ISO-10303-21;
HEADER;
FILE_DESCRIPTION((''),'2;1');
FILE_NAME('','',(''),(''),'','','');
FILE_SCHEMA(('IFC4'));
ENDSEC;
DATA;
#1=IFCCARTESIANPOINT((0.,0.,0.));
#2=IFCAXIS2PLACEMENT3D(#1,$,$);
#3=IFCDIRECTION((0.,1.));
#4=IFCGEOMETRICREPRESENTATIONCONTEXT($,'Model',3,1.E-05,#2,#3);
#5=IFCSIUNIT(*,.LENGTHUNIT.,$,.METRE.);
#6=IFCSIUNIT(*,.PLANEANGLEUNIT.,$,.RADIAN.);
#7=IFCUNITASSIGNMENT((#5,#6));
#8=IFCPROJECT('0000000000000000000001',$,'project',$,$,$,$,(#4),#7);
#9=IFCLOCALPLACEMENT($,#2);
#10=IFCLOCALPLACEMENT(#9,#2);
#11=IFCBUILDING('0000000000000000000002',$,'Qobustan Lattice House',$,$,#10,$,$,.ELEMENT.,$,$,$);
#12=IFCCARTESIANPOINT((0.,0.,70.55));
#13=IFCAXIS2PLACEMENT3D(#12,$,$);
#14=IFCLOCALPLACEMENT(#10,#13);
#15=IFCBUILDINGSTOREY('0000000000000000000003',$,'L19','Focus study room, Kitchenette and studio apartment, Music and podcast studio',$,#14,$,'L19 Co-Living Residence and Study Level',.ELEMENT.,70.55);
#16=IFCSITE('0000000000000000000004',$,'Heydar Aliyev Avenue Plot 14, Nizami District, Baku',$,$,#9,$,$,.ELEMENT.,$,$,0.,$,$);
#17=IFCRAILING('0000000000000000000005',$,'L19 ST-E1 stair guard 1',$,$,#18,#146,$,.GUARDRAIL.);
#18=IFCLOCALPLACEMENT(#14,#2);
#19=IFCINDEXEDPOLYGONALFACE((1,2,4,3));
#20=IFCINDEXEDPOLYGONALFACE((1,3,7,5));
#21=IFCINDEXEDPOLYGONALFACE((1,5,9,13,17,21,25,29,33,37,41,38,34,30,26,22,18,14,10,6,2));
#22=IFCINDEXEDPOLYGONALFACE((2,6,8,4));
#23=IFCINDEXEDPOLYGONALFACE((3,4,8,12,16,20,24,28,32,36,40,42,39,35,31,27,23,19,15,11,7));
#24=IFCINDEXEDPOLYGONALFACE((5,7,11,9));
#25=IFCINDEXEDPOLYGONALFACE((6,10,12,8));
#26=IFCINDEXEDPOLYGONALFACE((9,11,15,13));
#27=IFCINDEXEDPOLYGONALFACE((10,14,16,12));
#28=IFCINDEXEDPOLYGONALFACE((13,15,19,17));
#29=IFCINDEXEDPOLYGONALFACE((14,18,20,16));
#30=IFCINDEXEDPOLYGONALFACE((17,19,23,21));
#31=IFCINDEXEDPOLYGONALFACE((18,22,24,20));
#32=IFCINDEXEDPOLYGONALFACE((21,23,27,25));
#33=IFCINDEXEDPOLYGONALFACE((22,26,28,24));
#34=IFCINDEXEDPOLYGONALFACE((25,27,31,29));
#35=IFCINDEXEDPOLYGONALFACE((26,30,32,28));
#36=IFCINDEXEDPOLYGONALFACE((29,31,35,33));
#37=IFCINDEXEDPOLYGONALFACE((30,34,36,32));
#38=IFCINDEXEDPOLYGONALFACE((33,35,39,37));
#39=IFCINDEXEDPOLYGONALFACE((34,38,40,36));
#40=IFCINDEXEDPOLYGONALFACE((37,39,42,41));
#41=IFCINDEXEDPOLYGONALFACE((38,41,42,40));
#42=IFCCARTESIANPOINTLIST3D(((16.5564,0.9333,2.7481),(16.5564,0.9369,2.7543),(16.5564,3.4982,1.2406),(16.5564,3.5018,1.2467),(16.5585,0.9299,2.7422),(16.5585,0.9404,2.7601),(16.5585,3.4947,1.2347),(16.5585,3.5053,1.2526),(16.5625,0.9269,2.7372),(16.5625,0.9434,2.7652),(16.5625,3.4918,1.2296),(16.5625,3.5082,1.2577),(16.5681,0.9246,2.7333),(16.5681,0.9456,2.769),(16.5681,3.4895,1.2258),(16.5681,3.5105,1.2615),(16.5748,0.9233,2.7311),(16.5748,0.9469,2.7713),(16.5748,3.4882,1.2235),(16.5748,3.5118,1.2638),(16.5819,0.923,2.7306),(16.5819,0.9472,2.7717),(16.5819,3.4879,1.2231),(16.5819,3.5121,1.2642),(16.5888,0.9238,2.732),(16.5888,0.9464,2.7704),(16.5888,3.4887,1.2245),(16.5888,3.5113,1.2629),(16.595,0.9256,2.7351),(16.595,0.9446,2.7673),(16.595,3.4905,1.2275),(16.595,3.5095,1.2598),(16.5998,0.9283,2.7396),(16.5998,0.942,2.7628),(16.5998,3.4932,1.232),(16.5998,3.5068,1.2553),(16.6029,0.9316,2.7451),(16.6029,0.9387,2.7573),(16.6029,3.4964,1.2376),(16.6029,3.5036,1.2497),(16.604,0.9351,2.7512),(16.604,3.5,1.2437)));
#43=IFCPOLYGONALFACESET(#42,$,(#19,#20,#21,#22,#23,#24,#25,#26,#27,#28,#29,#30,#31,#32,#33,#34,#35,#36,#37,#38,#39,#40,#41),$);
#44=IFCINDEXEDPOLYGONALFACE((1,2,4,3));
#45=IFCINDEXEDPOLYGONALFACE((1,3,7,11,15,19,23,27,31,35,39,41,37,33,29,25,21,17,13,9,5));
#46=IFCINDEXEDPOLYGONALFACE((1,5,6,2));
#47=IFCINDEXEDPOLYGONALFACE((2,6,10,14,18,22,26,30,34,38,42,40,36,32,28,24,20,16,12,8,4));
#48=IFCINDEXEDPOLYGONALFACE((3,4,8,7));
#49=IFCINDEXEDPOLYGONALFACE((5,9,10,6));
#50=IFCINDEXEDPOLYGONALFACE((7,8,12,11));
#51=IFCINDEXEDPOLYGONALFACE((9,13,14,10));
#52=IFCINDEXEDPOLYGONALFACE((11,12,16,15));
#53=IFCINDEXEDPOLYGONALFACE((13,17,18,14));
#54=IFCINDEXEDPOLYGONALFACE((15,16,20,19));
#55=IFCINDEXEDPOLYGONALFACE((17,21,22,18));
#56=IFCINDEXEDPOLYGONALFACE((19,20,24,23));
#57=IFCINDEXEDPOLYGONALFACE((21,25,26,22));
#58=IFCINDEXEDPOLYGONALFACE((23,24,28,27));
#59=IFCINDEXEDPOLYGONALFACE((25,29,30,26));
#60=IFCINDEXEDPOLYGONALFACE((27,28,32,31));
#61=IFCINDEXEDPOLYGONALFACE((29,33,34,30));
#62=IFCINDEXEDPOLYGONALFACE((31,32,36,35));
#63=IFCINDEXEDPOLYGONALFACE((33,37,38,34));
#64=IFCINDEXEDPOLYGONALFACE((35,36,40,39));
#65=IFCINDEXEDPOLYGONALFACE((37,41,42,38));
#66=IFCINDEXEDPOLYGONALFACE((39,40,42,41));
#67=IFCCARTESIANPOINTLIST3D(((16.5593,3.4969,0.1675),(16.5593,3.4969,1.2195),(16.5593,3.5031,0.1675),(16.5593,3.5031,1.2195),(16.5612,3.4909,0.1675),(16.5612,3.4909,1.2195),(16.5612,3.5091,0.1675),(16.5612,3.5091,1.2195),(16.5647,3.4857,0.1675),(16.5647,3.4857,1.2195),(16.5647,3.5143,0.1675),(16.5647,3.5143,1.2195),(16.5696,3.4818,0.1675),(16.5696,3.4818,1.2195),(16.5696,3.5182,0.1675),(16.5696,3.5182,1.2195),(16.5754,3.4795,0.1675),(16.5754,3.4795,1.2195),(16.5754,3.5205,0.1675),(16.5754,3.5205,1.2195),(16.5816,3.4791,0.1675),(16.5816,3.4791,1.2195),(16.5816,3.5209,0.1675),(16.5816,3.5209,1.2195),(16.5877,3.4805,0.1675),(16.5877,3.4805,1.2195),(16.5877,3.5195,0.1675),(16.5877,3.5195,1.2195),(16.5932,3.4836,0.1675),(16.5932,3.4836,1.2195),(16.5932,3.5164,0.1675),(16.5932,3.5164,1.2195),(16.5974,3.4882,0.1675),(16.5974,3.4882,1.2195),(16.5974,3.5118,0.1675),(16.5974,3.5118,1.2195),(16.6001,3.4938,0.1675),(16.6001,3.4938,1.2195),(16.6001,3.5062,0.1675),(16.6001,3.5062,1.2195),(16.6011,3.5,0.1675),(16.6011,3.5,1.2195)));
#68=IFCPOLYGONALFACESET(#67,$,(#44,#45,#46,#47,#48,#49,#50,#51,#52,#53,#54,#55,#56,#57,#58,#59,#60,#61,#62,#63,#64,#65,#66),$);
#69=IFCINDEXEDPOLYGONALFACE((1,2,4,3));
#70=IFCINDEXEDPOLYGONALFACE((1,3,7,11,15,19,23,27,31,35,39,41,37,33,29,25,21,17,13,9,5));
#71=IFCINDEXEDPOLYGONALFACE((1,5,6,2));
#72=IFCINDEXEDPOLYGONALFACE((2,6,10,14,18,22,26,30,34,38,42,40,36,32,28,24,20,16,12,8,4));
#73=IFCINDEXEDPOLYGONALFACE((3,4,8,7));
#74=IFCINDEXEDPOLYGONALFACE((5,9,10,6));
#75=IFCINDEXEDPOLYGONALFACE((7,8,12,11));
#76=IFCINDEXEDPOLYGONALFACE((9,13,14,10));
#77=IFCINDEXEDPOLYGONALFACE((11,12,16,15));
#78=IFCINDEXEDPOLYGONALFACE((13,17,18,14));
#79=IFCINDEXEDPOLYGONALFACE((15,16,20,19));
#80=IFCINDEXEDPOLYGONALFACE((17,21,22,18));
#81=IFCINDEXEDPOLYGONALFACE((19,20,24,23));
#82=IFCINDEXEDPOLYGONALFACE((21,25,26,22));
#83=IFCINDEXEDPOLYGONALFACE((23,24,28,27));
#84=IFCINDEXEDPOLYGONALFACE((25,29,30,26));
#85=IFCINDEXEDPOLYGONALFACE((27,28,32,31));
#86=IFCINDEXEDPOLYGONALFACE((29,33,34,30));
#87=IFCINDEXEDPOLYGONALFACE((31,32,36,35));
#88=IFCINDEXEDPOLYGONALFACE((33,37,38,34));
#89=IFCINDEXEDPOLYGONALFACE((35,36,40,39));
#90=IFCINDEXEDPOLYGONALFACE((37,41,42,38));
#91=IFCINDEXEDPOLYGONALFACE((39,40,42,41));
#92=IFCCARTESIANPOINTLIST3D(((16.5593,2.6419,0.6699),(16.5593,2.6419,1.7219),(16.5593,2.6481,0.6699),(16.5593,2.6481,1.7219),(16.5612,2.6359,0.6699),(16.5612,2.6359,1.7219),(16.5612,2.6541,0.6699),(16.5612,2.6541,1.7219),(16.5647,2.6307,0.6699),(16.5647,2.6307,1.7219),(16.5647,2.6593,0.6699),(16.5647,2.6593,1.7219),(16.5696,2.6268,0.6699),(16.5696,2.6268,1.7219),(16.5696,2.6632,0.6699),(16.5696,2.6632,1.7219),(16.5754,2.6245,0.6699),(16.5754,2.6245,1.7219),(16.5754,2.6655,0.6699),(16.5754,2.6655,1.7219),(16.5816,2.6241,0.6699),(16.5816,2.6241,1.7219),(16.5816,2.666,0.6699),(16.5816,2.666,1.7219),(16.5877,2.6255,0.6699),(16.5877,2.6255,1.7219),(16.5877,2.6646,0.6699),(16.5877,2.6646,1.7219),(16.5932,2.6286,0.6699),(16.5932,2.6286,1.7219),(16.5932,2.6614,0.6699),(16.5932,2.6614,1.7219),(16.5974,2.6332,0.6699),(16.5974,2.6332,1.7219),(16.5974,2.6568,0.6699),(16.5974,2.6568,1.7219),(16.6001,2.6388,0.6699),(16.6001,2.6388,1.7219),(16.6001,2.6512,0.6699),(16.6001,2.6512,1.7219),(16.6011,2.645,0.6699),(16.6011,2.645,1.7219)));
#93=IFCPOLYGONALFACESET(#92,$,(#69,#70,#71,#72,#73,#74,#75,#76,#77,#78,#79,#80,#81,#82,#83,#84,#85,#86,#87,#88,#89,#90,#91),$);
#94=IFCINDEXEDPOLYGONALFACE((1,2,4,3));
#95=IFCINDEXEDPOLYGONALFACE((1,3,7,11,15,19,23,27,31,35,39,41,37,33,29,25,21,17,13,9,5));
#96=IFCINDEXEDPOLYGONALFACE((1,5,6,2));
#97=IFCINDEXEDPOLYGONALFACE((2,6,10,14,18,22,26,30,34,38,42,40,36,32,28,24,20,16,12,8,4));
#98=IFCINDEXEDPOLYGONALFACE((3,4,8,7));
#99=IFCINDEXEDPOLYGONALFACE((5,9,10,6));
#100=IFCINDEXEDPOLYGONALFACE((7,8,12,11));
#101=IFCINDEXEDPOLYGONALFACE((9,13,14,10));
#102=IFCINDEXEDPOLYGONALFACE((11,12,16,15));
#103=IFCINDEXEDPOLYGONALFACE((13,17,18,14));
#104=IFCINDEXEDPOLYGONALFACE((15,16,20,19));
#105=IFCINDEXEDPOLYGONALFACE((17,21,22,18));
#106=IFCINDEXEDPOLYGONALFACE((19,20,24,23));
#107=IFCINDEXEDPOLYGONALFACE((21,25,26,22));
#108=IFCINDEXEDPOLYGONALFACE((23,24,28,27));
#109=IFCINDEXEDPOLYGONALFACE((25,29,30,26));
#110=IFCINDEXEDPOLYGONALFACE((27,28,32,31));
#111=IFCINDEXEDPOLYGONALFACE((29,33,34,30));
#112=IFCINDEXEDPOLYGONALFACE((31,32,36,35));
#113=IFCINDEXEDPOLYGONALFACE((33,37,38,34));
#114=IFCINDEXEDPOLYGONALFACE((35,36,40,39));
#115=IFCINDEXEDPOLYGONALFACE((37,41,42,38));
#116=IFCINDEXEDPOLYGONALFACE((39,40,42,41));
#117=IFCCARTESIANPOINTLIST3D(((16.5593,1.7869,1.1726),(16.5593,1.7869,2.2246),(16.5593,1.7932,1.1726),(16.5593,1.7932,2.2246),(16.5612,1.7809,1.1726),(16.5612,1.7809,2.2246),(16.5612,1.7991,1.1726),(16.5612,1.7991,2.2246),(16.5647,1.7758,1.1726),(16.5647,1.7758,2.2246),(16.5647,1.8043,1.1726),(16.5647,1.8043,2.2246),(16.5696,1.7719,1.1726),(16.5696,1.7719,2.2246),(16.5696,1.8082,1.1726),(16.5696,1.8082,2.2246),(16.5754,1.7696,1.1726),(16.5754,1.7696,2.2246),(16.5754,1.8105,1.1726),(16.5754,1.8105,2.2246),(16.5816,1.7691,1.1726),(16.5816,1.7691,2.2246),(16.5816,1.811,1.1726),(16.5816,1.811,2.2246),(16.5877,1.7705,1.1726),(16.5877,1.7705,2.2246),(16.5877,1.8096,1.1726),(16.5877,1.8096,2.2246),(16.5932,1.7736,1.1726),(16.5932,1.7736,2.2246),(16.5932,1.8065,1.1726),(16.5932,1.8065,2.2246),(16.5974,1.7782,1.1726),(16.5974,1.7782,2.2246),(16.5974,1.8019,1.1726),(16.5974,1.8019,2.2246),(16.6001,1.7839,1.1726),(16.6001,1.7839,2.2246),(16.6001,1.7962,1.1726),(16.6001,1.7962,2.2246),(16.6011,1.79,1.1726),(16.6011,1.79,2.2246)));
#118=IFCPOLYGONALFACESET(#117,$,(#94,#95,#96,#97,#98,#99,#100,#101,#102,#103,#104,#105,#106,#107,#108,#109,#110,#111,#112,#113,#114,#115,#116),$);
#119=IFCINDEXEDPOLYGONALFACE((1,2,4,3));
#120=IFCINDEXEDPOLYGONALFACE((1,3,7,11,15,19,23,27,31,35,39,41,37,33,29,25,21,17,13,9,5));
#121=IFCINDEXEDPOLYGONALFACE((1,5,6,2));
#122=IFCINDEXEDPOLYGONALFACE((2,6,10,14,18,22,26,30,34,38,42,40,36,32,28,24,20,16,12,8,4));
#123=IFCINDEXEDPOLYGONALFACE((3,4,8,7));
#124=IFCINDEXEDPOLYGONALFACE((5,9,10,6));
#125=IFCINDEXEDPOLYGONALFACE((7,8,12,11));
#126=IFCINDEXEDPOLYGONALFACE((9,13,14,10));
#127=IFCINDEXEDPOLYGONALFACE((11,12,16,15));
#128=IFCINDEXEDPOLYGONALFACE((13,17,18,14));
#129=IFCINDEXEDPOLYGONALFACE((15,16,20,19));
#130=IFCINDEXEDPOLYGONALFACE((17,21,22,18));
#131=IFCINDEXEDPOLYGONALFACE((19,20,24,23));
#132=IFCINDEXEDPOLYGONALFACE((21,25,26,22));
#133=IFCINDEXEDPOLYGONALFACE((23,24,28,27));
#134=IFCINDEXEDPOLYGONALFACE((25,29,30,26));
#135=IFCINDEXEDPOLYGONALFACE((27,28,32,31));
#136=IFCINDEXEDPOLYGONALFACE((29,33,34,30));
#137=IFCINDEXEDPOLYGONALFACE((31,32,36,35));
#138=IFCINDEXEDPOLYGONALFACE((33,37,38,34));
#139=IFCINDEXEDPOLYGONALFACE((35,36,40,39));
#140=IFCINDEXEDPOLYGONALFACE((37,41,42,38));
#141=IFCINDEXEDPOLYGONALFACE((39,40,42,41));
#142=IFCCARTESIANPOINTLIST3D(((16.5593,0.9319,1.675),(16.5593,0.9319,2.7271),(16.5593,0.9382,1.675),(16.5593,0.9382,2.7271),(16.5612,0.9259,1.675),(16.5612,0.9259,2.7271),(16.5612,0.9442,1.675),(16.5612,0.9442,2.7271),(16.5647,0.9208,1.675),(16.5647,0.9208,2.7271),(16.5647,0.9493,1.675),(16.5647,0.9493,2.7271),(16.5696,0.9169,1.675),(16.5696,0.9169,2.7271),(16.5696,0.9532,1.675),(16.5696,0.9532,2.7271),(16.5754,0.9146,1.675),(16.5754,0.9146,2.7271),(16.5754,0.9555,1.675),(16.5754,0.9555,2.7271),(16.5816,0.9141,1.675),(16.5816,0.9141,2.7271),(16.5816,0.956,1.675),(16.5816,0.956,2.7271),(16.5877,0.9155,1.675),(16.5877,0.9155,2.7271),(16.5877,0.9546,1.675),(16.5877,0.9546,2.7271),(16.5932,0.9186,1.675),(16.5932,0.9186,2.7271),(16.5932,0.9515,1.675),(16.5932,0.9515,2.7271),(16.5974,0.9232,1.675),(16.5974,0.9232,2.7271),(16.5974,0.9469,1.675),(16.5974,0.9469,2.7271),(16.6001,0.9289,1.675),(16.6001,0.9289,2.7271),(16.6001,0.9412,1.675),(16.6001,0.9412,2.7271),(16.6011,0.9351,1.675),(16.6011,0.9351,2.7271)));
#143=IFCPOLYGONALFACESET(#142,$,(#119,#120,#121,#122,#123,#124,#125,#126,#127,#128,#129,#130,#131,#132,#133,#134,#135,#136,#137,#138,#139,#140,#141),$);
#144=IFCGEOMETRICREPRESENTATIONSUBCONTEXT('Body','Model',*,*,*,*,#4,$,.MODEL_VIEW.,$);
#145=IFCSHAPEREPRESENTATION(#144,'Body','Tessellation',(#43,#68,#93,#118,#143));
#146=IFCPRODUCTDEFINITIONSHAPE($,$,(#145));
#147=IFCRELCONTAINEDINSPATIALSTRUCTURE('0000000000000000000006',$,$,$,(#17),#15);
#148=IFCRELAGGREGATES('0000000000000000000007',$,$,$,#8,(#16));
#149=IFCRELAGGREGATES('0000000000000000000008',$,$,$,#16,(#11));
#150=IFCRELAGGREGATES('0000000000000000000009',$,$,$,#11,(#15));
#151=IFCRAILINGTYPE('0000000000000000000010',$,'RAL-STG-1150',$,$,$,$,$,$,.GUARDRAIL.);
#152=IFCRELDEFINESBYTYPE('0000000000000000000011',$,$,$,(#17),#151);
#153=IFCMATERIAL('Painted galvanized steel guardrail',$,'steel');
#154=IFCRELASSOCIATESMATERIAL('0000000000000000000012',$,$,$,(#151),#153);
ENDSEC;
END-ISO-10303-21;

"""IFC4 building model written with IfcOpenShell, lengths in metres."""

from ifc_helpers import new_model, si_unit, direction, frame, origin, origin_2d, place, context, subcontext, project, spatial, circle, extrude, material, type_object, element, save


model = new_model("IFC4")

# Units and contexts
model_context = context("Model", 3, precision=1e-05, world=origin(), true_north=direction((0.0, 1.0)))
body_context = subcontext(model_context, "Body", "Model", "MODEL_VIEW")
ifc_project = project(units=[si_unit("LENGTHUNIT", "METRE"), si_unit("PLANEANGLEUNIT", "RADIAN")], contexts=[model_context])

# Site, building, storey
site_placement = place(None, origin())
site = spatial("IfcSite", under=ifc_project, at=site_placement, Name="Heydar Aliyev Avenue Plot 14, Nizami District, Baku", CompositionType="ELEMENT", RefElevation=0.0)
building_placement = place(site_placement, origin())
building = spatial("IfcBuilding", under=site, at=building_placement, Name="Qobustan Lattice House", CompositionType="ELEMENT")
storey_placement = place(building_placement, frame((0.0, 0.0, 70.55)))
storey = spatial("IfcBuildingStorey", under=building, at=storey_placement, Name="L19", Description="Focus study room, Kitchenette and studio apartment, Music and podcast studio", LongName="L19 Co-Living Residence and Study Level", CompositionType="ELEMENT", Elevation=70.55)

# Railing
ifc_material_1 = material(Name="Painted galvanized steel guardrail", Category="steel")
railing_type_1 = type_object("IfcRailingType", Name="RAL-STG-1150", PredefinedType="GUARDRAIL", material=ifc_material_1)
railing_1_placement = place(storey_placement, frame((16.5801, 3.5, 0.1675)))
element("IfcRailing", 1, at=railing_1_placement, inside=storey, type_object=railing_type_1, Name="L19 ST-E1 stair guard 1", PredefinedType="GUARDRAIL", context=body_context, shape_type="SweptSolid", body=[
    extrude(circle(Radius=0.0239, at=origin_2d()), frame((0.0, 0.0, 1.0762), z_axis=(0.0, -0.862113, 0.506715), x_axis=(1.0, 0.0, 0.0)), (0.0, 0.0, 1.0), 2.9751),
    extrude(circle(Radius=0.021, at=origin_2d()), origin(), (0.0, 0.0, 1.0), 1.052),
    extrude(circle(Radius=0.021, at=origin_2d()), frame((0.0, -0.855, 0.5024)), (0.0, 0.0, 1.0), 1.052),
    extrude(circle(Radius=0.021, at=origin_2d()), frame((0.0, -1.71, 1.0051)), (0.0, 0.0, 1.0), 1.052),
    extrude(circle(Radius=0.021, at=origin_2d()), frame((0.0, -2.5649, 1.5076)), (0.0, 0.0, 1.0), 1.052),
])

save(model, "model.ifc")
